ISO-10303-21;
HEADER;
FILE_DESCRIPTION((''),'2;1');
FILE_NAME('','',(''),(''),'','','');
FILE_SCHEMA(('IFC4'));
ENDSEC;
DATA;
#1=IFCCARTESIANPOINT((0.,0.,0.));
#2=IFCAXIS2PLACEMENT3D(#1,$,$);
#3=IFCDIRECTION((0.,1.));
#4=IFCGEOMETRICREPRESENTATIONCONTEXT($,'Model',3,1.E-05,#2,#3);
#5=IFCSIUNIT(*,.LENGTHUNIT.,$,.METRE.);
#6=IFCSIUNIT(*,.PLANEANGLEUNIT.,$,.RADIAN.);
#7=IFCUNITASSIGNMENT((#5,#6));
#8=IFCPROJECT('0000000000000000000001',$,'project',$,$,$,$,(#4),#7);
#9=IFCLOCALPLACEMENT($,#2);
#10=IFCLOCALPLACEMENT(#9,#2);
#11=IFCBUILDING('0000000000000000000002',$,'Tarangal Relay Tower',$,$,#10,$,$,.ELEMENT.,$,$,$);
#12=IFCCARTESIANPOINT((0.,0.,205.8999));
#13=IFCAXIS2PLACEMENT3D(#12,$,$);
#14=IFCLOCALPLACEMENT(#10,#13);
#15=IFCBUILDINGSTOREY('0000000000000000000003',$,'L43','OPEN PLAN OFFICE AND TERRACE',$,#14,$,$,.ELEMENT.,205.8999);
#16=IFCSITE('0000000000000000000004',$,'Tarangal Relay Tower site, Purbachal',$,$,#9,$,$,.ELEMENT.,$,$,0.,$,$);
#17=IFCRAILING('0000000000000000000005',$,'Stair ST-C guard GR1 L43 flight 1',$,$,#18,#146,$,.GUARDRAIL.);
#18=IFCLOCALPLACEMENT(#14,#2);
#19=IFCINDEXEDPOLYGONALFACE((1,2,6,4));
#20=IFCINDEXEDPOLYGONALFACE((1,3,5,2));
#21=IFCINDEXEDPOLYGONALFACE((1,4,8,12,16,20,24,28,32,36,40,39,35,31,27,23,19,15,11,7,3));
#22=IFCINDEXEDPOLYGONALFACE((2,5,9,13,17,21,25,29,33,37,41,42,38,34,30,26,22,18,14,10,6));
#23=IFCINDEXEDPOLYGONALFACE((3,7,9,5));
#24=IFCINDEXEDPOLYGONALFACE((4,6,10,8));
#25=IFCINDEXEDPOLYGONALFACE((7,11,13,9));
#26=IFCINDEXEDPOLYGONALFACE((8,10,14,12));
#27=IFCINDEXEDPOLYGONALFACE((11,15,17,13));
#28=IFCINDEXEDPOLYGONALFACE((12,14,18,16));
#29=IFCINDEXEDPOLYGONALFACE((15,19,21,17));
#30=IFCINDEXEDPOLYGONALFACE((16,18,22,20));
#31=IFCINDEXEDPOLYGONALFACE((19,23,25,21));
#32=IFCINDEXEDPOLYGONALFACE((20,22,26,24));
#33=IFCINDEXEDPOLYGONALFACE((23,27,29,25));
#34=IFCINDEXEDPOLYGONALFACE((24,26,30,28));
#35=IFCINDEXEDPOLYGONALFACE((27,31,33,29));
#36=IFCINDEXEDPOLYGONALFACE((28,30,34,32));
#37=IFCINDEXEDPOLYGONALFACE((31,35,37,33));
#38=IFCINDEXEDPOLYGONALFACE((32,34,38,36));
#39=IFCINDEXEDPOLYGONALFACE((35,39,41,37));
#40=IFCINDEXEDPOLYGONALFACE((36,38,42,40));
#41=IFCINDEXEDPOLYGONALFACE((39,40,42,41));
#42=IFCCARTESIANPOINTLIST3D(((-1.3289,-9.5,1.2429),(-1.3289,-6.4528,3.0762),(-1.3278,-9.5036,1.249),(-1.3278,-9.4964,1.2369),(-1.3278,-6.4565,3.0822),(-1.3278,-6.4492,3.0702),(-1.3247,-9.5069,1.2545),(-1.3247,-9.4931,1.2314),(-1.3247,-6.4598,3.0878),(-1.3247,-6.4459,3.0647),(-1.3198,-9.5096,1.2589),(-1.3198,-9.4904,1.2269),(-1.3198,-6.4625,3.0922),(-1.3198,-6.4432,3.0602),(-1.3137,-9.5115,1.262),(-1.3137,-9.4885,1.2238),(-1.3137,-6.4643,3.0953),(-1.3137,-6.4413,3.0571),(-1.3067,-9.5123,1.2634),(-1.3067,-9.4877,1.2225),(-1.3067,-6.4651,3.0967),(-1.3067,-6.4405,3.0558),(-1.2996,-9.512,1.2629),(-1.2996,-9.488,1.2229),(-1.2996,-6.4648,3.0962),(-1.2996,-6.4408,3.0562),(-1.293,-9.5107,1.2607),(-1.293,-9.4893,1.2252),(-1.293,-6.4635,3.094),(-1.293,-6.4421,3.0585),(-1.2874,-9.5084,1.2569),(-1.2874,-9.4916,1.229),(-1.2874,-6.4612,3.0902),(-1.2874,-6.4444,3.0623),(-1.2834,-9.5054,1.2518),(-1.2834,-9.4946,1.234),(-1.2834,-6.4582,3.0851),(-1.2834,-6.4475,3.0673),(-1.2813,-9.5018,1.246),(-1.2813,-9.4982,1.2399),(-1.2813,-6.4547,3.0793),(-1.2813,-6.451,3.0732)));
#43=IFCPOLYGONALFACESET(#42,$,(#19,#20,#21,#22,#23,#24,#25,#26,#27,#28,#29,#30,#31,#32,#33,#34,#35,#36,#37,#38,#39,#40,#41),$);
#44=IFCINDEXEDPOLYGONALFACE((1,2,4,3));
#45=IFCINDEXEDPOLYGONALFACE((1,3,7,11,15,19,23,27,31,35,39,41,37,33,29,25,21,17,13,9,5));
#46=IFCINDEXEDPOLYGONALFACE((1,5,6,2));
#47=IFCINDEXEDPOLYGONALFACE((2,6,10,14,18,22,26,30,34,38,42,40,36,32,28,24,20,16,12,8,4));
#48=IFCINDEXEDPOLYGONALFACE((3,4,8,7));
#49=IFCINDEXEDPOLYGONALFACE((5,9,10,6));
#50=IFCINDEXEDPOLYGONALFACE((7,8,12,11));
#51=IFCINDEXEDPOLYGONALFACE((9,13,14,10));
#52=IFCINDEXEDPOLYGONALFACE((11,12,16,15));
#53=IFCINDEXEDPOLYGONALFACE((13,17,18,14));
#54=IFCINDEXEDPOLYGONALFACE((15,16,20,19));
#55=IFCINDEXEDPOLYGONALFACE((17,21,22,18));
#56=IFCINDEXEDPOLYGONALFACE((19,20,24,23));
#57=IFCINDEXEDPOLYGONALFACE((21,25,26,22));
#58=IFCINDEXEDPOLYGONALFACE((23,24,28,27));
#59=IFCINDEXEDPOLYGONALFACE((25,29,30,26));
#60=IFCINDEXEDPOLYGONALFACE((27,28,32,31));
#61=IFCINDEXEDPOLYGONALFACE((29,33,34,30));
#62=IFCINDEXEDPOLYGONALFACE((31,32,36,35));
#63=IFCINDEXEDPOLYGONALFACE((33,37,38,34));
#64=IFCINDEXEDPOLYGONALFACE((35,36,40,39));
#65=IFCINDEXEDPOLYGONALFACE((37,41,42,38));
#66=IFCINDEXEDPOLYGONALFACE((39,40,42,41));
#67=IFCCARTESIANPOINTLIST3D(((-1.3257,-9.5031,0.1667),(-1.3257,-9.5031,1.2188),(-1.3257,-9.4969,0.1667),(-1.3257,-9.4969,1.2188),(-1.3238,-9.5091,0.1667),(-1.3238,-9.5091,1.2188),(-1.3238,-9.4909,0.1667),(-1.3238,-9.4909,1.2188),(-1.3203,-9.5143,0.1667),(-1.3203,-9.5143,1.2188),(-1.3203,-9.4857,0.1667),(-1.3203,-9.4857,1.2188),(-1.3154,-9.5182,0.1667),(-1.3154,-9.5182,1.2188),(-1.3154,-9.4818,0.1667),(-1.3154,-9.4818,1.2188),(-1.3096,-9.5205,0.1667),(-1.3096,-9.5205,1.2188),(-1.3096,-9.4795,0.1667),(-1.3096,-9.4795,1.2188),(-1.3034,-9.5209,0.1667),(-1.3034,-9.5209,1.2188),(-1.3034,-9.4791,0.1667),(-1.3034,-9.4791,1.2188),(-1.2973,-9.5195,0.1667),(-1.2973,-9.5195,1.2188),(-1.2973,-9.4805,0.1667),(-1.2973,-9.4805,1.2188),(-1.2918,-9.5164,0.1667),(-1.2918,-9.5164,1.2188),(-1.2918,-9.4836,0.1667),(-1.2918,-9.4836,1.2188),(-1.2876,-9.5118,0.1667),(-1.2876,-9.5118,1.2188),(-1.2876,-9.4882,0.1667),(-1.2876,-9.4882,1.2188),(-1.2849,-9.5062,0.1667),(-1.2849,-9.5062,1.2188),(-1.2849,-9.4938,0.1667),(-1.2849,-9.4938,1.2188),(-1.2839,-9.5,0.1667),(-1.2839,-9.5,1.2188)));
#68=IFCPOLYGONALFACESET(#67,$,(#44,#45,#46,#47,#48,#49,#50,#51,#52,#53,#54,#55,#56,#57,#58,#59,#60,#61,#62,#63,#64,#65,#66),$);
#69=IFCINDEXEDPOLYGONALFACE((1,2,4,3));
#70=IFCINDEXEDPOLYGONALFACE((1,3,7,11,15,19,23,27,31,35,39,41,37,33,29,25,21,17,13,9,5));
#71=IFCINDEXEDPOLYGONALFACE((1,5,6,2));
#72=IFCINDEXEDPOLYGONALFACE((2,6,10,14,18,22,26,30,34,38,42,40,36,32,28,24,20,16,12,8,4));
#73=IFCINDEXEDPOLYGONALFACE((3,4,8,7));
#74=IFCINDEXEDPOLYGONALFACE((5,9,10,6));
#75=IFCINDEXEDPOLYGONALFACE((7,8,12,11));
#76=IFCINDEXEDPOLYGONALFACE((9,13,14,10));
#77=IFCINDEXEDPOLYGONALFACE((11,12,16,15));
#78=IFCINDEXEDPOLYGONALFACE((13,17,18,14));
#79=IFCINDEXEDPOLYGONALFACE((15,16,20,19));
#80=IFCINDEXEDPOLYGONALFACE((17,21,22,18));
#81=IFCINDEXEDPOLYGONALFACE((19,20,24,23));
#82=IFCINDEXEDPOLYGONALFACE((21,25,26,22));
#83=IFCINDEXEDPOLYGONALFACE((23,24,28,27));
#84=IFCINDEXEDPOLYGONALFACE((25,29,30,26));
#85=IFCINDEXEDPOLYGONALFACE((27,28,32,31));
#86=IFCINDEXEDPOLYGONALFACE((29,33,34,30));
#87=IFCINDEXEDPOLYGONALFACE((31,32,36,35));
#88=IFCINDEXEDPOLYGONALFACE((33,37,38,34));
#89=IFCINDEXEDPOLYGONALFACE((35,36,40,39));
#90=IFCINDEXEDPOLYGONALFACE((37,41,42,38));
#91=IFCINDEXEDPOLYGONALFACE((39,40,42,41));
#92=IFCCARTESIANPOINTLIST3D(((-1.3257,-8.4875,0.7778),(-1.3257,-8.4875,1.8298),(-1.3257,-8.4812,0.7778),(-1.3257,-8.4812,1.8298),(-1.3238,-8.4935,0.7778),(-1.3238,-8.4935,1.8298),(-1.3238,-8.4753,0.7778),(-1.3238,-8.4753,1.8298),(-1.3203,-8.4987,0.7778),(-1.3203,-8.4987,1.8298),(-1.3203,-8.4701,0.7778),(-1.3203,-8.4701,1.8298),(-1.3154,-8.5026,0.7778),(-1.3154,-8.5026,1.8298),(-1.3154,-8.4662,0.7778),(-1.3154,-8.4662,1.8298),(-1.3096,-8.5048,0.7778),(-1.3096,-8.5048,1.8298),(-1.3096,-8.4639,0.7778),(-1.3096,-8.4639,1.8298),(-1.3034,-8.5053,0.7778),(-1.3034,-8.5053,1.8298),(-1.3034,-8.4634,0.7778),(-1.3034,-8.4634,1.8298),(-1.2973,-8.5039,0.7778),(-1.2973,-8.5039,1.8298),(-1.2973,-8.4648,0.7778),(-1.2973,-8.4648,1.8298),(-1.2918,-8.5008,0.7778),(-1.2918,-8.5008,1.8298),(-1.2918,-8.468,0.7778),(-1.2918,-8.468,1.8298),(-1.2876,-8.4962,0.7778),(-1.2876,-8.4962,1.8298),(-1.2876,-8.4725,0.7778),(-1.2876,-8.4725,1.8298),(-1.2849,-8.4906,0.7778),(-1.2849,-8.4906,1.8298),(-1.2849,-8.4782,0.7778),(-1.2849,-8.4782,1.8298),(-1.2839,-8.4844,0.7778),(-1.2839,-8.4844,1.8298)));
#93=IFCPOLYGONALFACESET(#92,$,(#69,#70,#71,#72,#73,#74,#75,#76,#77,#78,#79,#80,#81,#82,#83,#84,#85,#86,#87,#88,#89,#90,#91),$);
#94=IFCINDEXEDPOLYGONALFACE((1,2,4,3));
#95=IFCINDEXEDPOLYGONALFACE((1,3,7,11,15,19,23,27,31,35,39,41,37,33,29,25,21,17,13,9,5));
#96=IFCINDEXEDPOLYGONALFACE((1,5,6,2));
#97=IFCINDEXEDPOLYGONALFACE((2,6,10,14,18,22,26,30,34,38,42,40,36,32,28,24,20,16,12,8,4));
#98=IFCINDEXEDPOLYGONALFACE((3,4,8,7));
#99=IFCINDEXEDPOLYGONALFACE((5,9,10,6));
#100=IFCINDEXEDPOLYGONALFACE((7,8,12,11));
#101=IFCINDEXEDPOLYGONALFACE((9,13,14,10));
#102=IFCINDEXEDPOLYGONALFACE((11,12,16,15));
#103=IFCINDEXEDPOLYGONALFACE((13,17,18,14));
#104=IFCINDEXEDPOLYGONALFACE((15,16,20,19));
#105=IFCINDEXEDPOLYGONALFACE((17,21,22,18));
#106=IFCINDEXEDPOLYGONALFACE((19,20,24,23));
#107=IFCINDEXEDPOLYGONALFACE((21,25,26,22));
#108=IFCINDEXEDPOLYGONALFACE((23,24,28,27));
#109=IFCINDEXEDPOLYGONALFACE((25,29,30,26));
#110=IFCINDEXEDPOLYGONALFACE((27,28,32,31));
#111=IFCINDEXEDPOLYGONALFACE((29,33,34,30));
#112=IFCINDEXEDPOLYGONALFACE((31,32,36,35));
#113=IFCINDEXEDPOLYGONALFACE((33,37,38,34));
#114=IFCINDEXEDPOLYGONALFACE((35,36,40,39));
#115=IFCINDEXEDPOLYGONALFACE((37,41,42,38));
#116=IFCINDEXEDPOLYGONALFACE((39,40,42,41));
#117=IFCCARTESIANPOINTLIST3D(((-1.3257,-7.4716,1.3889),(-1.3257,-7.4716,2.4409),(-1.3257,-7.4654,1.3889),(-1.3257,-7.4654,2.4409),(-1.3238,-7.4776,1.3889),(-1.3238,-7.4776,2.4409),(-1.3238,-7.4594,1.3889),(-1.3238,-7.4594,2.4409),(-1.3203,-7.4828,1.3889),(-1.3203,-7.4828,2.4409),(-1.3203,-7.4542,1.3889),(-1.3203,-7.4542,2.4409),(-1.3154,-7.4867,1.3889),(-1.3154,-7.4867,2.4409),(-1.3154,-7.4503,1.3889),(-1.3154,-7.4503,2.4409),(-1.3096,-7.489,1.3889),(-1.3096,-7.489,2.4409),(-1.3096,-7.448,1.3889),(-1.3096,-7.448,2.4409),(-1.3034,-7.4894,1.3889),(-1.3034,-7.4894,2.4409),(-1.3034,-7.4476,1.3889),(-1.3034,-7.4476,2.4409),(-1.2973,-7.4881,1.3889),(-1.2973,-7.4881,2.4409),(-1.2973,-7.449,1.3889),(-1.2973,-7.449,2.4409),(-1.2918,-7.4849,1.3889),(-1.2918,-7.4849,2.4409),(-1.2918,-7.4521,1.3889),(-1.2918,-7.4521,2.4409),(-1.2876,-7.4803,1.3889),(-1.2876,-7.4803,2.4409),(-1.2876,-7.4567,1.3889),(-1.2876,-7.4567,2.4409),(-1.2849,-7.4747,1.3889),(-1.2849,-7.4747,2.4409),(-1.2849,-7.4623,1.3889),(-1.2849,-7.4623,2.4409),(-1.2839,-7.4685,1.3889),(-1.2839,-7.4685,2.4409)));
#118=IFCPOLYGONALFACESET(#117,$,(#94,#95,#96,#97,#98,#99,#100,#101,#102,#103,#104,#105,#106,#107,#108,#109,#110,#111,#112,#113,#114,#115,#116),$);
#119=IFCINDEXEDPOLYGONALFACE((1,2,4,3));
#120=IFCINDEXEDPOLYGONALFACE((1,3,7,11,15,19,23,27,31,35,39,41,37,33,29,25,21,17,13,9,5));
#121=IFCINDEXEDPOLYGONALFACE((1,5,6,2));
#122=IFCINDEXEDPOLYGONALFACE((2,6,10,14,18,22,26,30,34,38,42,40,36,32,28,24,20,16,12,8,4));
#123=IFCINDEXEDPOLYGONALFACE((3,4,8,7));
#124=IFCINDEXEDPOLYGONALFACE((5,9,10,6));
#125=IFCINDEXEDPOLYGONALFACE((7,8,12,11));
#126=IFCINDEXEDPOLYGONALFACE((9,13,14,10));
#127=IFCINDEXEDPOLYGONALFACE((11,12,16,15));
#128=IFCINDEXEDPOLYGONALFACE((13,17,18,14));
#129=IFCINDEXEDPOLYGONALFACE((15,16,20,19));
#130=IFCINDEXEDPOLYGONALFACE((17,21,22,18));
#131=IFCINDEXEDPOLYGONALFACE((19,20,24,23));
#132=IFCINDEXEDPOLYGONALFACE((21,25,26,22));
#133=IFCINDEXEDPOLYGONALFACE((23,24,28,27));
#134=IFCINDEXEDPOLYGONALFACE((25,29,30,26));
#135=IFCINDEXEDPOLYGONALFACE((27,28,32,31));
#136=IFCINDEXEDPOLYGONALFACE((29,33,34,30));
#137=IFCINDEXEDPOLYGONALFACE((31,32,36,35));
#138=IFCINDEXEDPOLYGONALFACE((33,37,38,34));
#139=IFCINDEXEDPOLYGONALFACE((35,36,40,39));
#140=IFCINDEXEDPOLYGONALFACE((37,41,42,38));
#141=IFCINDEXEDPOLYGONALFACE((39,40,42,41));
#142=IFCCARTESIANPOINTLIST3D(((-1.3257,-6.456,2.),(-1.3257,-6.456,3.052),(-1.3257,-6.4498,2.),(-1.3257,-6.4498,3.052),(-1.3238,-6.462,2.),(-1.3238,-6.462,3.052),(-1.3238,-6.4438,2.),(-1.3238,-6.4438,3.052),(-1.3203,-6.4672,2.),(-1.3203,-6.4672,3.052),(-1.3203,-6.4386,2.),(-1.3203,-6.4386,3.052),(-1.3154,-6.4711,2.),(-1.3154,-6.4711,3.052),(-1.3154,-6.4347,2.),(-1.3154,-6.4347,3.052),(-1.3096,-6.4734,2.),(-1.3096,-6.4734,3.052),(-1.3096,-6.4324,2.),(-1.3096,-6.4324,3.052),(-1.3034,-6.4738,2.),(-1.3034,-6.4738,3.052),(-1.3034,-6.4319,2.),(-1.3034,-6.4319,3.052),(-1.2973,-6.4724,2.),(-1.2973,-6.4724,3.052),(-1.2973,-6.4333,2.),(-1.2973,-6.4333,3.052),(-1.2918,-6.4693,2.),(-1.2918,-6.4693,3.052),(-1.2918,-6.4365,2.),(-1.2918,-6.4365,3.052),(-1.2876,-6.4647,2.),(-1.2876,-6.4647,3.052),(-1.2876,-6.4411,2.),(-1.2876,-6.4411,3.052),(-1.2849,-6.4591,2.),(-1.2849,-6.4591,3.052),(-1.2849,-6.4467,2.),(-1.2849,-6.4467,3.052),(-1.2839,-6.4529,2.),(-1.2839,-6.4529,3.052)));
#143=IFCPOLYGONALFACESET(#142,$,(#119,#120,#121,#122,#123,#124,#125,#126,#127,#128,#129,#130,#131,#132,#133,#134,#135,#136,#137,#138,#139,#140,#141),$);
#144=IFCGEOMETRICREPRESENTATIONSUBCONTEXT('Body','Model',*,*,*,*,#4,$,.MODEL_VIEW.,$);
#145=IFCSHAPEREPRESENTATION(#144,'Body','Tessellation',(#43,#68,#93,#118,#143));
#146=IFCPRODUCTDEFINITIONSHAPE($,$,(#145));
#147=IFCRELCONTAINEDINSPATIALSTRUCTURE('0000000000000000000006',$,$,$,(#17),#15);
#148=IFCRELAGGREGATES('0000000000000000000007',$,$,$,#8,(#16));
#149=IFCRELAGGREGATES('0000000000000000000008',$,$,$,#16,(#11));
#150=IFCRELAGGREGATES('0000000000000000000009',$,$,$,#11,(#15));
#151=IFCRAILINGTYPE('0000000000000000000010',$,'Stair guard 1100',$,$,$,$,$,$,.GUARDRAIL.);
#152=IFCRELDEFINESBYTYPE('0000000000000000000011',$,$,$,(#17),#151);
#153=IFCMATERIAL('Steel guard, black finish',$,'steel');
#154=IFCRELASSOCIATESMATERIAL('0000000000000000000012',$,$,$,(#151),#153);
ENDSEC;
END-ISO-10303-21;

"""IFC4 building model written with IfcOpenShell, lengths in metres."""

from ifc_helpers import new_model, si_unit, direction, frame, origin, origin_2d, place, context, subcontext, project, spatial, circle, extrude, material, type_object, element, save


model = new_model("IFC4")

# Units and contexts
model_context = context("Model", 3, precision=1e-05, world=origin(), true_north=direction((0.0, 1.0)))
body_context = subcontext(model_context, "Body", "Model", "MODEL_VIEW")
ifc_project = project(units=[si_unit("LENGTHUNIT", "METRE"), si_unit("PLANEANGLEUNIT", "RADIAN")], contexts=[model_context])

# Site, building, storey
site_placement = place(None, origin())
site = spatial("IfcSite", under=ifc_project, at=site_placement, Name="Tarangal Relay Tower site, Purbachal", CompositionType="ELEMENT", RefElevation=0.0)
building_placement = place(site_placement, origin())
building = spatial("IfcBuilding", under=site, at=building_placement, Name="Tarangal Relay Tower", CompositionType="ELEMENT")
storey_placement = place(building_placement, frame((0.0, 0.0, 205.8999)))
storey = spatial("IfcBuildingStorey", under=building, at=storey_placement, Name="L43", Description="OPEN PLAN OFFICE AND TERRACE", CompositionType="ELEMENT", Elevation=205.8999)

# Railing
ifc_material_1 = material(Name="Steel guard, black finish", Category="steel")
railing_type_1 = type_object("IfcRailingType", Name="Stair guard 1100", PredefinedType="GUARDRAIL", material=ifc_material_1)
railing_1_placement = place(storey_placement, frame((-1.3049, -9.5, 0.1667)))
element("IfcRailing", 1, at=railing_1_placement, inside=storey, type_object=railing_type_1, Name="Stair ST-C guard GR1 L43 flight 1", PredefinedType="GUARDRAIL", context=body_context, shape_type="SweptSolid", body=[
    extrude(circle(Radius=0.0239, at=origin_2d()), frame((0.0, 0.0, 1.0762), z_axis=(0.0, 0.856874, 0.515525), x_axis=(-1.0, 0.0, 0.0)), (0.0, 0.0, 1.0), 3.5562),
    extrude(circle(Radius=0.021, at=origin_2d()), origin(), (0.0, 0.0, 1.0), 1.052),
    extrude(circle(Radius=0.021, at=origin_2d()), frame((0.0, 1.0156, 0.6111)), (0.0, 0.0, 1.0), 1.052),
    extrude(circle(Radius=0.021, at=origin_2d()), frame((0.0, 2.0315, 1.2222)), (0.0, 0.0, 1.0), 1.052),
    extrude(circle(Radius=0.021, at=origin_2d()), frame((0.0, 3.0471, 1.8333)), (0.0, 0.0, 1.0), 1.052),
])

save(model, "model.ifc")
